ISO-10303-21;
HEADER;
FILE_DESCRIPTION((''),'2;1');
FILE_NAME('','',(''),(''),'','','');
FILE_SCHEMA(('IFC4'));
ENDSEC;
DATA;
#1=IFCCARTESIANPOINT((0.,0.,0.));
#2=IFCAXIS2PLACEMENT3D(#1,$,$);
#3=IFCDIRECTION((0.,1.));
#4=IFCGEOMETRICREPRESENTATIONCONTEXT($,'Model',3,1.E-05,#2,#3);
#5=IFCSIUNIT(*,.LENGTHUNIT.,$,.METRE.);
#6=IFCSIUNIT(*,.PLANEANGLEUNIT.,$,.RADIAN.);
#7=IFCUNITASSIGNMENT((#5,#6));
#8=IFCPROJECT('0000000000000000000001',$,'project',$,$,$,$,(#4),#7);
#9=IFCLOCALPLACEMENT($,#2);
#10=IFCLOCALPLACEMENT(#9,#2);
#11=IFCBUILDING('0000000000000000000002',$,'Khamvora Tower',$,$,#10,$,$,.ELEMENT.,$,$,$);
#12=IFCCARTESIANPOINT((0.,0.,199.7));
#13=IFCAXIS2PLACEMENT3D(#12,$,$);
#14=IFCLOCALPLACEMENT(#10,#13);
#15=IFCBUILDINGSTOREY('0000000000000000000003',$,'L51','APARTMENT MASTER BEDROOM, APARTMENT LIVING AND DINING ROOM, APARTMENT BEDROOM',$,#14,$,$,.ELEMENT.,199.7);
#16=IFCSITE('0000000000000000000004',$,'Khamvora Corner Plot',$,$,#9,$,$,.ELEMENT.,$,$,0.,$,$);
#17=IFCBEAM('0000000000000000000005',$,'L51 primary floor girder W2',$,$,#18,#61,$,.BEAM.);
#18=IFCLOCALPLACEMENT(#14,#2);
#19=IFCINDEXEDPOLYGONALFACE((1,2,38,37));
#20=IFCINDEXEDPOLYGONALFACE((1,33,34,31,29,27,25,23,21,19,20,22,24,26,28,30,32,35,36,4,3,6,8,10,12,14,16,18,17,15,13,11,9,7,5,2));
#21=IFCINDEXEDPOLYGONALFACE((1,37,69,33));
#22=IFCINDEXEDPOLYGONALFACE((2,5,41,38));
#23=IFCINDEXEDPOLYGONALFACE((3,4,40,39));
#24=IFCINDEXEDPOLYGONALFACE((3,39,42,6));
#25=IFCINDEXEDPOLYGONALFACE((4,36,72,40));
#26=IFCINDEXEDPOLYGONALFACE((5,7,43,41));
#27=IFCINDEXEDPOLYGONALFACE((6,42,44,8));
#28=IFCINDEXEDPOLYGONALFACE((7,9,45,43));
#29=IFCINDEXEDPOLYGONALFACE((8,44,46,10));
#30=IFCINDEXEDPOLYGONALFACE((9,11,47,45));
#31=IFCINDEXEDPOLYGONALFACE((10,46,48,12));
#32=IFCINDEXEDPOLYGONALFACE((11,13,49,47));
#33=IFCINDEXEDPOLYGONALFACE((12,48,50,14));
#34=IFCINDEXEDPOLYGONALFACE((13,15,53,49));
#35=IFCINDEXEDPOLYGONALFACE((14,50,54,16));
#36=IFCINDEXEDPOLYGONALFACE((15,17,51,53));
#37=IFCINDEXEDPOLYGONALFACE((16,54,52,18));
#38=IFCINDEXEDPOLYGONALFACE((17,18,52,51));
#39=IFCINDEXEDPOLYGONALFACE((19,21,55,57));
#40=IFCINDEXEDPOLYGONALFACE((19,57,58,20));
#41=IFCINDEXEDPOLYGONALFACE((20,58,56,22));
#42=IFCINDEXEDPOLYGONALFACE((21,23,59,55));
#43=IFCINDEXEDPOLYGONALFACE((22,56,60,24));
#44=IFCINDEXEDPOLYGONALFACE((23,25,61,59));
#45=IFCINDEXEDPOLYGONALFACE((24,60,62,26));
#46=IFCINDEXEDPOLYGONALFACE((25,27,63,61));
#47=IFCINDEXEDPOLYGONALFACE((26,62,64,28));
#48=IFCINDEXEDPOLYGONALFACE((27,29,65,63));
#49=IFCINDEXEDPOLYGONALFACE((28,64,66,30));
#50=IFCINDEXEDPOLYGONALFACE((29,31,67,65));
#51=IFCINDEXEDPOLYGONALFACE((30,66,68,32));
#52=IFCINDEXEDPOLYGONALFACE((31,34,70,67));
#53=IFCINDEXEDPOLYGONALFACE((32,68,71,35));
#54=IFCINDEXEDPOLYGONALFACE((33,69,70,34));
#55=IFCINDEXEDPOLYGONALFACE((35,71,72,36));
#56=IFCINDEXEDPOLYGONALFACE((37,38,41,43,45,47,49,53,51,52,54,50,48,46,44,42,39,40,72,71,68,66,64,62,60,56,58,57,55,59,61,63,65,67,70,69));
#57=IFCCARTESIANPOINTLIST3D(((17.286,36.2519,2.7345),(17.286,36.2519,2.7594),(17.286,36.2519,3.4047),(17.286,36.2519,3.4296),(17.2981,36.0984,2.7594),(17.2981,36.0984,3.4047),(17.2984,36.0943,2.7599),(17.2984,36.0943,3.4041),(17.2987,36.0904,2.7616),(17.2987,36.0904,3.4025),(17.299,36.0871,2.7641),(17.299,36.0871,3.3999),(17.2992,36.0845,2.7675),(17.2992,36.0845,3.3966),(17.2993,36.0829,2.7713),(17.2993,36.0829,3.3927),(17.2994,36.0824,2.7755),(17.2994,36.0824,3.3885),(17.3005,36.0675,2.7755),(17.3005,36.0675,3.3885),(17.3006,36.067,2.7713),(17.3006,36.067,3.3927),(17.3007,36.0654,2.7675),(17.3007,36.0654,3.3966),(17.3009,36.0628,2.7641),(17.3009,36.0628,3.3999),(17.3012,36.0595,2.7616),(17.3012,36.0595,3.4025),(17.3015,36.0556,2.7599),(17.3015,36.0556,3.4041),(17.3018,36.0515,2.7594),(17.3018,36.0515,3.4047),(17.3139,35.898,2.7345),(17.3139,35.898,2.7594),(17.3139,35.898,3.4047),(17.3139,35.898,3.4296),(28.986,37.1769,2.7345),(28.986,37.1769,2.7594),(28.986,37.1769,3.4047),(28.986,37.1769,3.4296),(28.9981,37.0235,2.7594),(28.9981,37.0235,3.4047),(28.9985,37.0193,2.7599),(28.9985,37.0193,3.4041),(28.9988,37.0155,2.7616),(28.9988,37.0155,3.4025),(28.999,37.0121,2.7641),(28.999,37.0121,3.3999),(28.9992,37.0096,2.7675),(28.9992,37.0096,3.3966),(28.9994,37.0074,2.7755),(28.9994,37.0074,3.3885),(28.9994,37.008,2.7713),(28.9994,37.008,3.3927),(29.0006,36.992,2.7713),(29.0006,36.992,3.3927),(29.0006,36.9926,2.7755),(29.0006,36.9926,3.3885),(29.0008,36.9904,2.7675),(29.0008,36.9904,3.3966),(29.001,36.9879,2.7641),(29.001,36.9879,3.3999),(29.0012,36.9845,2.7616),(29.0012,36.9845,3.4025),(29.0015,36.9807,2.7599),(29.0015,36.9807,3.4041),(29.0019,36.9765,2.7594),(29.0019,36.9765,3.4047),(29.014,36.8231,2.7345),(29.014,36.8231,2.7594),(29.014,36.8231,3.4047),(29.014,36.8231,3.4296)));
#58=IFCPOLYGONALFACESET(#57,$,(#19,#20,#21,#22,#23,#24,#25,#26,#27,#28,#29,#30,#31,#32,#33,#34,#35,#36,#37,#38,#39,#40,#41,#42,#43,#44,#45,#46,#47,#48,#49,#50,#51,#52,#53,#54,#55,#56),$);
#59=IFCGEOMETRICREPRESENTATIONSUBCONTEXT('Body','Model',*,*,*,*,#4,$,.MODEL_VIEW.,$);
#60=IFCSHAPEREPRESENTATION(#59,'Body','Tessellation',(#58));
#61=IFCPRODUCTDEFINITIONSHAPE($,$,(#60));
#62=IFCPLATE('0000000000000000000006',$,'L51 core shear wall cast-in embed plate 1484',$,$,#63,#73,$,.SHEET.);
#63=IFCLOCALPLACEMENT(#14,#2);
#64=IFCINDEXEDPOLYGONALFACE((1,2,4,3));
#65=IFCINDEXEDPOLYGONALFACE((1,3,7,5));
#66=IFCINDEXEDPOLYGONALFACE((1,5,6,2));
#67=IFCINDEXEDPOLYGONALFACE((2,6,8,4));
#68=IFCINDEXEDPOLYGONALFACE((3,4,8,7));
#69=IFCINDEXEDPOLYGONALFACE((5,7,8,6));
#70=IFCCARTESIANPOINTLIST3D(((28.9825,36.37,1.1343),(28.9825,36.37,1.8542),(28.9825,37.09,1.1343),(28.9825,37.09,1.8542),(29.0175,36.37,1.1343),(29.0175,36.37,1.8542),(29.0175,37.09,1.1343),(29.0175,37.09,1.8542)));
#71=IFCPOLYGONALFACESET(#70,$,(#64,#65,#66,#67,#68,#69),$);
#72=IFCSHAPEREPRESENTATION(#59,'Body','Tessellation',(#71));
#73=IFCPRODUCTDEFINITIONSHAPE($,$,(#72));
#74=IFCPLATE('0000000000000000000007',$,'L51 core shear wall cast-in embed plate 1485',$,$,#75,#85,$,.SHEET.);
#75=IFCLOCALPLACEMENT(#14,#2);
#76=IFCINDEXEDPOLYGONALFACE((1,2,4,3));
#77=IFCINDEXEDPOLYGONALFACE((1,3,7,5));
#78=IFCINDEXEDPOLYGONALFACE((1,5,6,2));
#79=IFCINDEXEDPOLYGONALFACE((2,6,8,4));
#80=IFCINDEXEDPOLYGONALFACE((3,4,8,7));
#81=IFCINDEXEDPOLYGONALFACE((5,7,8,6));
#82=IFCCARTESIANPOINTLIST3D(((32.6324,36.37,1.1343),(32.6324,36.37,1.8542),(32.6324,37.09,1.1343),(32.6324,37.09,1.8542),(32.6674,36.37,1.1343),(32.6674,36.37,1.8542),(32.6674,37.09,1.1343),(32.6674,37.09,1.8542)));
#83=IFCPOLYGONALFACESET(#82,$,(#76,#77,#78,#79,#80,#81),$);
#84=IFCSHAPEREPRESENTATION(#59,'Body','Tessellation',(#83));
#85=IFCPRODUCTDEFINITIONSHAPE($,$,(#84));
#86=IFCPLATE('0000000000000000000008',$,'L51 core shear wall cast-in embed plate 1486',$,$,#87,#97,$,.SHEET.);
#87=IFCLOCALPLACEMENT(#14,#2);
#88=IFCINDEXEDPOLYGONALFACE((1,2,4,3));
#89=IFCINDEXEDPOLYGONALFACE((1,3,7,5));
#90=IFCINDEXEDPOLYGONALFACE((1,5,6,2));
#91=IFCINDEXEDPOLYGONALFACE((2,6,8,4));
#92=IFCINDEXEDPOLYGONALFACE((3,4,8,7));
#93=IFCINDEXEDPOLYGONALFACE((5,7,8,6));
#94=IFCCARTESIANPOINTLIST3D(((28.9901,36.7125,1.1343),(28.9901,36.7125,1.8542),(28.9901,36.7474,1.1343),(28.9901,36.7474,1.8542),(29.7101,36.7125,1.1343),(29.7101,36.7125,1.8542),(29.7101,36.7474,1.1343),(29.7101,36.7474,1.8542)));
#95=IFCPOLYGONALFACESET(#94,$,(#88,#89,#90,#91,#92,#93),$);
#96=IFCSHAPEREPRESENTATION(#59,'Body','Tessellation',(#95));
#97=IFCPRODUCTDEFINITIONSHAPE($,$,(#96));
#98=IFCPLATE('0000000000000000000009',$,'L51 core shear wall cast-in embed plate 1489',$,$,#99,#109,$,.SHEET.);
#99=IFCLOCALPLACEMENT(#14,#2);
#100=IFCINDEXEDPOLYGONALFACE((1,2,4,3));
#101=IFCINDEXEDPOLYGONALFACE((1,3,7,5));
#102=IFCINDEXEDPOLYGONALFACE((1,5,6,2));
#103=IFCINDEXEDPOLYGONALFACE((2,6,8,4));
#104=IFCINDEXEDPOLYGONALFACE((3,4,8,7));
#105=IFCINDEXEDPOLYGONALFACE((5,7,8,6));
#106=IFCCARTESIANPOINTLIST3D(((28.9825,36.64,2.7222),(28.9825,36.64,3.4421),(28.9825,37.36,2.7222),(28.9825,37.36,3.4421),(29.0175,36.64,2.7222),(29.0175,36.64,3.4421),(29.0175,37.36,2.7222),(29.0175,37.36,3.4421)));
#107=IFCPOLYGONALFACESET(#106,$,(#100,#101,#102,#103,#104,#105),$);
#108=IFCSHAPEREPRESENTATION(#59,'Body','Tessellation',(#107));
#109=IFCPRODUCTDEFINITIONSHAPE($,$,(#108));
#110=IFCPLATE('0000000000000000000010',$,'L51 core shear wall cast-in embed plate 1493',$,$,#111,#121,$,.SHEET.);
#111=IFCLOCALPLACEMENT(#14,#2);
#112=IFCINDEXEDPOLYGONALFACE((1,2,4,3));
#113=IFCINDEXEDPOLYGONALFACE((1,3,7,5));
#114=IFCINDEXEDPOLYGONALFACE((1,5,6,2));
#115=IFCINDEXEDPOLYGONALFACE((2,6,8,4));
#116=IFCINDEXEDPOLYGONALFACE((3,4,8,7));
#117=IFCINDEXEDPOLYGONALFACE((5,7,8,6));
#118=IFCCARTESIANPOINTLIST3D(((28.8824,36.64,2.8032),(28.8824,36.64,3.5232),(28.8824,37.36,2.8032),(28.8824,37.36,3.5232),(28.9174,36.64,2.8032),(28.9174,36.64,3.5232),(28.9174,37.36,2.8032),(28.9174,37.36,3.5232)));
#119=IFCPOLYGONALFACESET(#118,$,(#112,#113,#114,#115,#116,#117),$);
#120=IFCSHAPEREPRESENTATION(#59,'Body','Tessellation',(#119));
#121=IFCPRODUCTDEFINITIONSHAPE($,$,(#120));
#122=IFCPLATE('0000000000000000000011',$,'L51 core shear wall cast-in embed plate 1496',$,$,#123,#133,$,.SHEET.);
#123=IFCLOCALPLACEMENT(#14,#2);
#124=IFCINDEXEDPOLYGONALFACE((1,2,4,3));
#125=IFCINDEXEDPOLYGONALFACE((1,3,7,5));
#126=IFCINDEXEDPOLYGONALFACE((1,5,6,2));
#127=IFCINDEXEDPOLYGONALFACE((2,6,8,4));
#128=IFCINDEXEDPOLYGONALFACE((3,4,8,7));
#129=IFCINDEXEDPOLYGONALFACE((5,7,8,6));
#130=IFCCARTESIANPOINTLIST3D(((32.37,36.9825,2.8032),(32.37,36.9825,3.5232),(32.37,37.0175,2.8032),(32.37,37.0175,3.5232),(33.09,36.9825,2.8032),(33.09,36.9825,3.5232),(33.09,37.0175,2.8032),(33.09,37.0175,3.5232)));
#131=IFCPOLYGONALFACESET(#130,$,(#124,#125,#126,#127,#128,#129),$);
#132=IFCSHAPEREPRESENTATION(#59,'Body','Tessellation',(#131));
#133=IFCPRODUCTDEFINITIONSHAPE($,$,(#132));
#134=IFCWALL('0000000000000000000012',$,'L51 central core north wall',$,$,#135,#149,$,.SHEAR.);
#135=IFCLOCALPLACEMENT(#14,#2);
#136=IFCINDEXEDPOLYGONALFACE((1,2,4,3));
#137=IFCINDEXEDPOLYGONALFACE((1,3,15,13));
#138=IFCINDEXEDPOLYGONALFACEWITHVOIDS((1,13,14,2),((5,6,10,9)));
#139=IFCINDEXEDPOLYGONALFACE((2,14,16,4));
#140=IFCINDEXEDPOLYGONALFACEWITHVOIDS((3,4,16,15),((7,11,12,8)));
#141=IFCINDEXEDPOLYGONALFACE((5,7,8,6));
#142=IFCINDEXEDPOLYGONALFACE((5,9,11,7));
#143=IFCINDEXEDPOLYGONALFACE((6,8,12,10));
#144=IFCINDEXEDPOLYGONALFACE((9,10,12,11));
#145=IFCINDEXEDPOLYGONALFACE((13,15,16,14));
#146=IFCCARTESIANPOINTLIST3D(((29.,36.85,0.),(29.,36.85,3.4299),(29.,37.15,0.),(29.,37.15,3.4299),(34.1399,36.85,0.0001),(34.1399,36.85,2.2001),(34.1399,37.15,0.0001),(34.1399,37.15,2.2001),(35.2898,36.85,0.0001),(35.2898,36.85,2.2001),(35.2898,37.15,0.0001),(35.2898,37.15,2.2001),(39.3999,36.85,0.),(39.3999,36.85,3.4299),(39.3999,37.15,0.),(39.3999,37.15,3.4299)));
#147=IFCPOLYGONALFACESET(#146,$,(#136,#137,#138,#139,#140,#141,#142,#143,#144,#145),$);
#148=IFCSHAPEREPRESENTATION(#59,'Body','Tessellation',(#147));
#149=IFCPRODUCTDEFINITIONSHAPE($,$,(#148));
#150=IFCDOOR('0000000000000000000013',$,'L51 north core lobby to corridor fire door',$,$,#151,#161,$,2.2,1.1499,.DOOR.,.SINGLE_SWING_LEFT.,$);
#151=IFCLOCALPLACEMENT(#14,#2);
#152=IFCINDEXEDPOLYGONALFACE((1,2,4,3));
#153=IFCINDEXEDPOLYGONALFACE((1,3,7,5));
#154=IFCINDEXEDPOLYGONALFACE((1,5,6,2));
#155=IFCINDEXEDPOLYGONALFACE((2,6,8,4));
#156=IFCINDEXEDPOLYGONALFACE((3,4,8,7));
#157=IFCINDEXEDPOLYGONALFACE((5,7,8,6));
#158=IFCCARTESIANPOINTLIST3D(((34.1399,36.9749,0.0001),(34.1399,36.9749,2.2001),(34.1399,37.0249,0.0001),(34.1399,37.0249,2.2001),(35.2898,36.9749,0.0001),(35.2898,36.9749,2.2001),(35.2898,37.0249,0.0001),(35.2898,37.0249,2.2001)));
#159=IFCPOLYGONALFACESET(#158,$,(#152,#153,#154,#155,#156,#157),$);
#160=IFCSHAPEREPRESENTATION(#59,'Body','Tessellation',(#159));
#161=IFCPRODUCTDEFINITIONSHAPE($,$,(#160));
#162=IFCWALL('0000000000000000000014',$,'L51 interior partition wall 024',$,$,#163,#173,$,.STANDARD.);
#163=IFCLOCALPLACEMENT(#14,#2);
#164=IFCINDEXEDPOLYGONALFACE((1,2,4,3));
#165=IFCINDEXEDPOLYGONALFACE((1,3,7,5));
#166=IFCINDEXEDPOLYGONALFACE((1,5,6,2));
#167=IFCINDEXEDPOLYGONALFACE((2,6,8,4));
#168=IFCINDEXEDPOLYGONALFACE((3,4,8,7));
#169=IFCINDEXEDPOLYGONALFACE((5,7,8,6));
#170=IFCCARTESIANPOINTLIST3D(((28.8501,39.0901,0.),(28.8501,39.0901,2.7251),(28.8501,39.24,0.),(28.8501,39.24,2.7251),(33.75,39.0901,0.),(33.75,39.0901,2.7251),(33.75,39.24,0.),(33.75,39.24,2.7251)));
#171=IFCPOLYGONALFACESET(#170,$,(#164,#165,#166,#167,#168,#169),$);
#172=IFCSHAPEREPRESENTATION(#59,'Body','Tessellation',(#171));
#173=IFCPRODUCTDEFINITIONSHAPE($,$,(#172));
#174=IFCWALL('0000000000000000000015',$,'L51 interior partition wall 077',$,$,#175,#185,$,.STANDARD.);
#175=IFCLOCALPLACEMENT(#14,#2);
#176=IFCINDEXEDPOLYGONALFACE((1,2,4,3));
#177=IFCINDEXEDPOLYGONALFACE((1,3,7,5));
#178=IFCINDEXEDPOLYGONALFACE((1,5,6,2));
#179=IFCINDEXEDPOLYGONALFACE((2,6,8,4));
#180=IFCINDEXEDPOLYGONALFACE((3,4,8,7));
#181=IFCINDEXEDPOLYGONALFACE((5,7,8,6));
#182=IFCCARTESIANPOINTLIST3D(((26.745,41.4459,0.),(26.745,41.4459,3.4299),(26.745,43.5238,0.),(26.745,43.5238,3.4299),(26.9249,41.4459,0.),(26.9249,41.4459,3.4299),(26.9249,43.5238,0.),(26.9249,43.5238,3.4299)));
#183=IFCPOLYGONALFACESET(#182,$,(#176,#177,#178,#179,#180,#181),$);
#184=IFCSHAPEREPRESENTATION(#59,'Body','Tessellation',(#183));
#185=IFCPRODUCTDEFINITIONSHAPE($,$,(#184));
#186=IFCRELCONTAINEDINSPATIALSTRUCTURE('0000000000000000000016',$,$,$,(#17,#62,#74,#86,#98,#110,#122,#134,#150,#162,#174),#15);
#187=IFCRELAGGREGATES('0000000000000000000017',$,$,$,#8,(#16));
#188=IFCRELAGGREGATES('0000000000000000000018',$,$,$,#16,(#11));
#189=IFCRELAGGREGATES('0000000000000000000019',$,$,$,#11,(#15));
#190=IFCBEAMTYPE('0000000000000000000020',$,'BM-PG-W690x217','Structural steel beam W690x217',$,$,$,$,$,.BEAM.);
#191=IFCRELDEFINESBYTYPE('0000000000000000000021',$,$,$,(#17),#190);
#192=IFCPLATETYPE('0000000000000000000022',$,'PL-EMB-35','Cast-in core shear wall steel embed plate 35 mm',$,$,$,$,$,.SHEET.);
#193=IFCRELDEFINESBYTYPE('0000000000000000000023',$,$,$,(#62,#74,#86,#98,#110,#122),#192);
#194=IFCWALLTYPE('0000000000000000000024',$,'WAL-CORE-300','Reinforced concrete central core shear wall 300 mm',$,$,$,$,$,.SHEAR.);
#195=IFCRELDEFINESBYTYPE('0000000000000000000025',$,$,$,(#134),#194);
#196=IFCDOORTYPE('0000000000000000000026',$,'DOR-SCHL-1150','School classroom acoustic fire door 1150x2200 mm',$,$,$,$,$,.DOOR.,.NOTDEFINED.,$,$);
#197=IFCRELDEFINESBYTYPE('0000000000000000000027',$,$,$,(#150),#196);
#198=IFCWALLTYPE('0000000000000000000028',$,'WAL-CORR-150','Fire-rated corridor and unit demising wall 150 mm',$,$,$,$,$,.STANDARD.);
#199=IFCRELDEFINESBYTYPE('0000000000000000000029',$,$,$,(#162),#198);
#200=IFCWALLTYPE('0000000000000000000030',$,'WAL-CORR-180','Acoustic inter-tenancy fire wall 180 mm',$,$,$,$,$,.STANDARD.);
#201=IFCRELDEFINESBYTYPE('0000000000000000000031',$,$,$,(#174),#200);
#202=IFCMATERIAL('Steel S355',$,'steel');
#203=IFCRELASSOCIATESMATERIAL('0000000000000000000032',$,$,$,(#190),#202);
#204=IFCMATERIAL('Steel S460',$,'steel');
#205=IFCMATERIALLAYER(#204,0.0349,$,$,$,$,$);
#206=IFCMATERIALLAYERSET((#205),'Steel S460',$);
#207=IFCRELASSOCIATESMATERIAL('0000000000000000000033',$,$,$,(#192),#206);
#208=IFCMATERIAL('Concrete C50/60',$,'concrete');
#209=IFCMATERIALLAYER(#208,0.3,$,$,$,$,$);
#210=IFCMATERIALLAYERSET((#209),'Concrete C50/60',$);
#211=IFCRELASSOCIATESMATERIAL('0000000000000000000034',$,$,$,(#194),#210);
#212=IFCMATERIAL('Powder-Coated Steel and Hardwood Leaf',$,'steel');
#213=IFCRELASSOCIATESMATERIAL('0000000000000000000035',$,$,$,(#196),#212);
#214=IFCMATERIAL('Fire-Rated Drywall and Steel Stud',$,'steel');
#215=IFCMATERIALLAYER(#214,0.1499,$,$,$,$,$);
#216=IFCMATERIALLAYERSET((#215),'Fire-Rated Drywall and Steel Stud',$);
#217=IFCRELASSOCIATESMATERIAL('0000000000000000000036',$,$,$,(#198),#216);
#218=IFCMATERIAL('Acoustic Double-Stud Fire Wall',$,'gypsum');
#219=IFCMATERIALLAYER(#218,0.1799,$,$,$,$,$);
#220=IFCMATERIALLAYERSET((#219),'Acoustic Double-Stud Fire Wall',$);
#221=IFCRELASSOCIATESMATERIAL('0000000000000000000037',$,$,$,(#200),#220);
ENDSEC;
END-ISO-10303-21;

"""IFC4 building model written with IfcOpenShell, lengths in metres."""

from ifc_helpers import new_model, si_unit, direction, frame, frame_2d, origin, origin_2d, place, context, subcontext, project, spatial, rectangle, i_section, extrude, material, layer, layer_set, material_profile, profile_set, type_object, element, fill, save


model = new_model("IFC4")

# Units and contexts
model_context = context("Model", 3, precision=1e-05, world=origin(), true_north=direction((0.0, 1.0)))
body_context = subcontext(model_context, "Body", "Model", "MODEL_VIEW")
ifc_project = project(units=[si_unit("LENGTHUNIT", "METRE"), si_unit("PLANEANGLEUNIT", "RADIAN")], contexts=[model_context])

# Site, building, storey
site_placement = place(None, origin())
site = spatial("IfcSite", under=ifc_project, at=site_placement, Name="Khamvora Corner Plot", CompositionType="ELEMENT", RefElevation=0.0)
building_placement = place(site_placement, origin())
building = spatial("IfcBuilding", under=site, at=building_placement, Name="Khamvora Tower", CompositionType="ELEMENT")
storey_placement = place(building_placement, frame((0.0, 0.0, 199.7)))
storey = spatial("IfcBuildingStorey", under=building, at=storey_placement, Name="L51", Description="APARTMENT MASTER BEDROOM, APARTMENT LIVING AND DINING ROOM, APARTMENT BEDROOM", CompositionType="ELEMENT", Elevation=199.7)

# Shared definitions
ifc_material_1 = material(Name="Steel S460", Category="steel")
ifc_material_2 = material(Name="Steel S355", Category="steel")

# Beam
ifc_material_profile_1 = material_profile(ifc_material_2, i_section(OverallWidth=0.355, OverallDepth=0.6951, WebThickness=0.0149, FlangeThickness=0.0249, FilletRadius=0.0161, at=origin_2d()), Name="W690x217")
ifc_profile_set_1 = profile_set([ifc_material_profile_1], Name="Steel S355")
beam_type_1 = type_object("IfcBeamType", Name="BM-PG-W690x217", Description="Structural steel beam W690x217", PredefinedType="BEAM", material=ifc_profile_set_1)
beam_1_placement = place(storey_placement, frame((29.0, 37.0, 3.082), z_axis=(-0.996889, -0.078818, 0.0), x_axis=(0.078818, -0.996889, 0.0)))
element("IfcBeam", 1, at=beam_1_placement, inside=storey, type_object=beam_type_1, Name="L51 primary floor girder W2", PredefinedType="BEAM", context=body_context, shape_type="SweptSolid", body=[
    extrude(i_section(OverallWidth=0.355, OverallDepth=0.6951, WebThickness=0.0149, FlangeThickness=0.0249, FilletRadius=0.0161, at=origin_2d()), origin(), (0.0, 0.0, 1.0), 11.7366),
])

# Plates
ifc_layer_1 = layer(ifc_material_1, 0.0349)
ifc_layer_set_1 = layer_set([ifc_layer_1], Name="Steel S460")
plate_type = type_object("IfcPlateType", Name="PL-EMB-35", Description="Cast-in core shear wall steel embed plate 35 mm", PredefinedType="SHEET", material=ifc_layer_set_1)
for number, where, z_axis, x_axis, name in (
    (2, (29.0, 36.73, 1.1343), (0.0, 0.0, 1.0), (1.0, 0.0, 0.0), "L51 core shear wall cast-in embed plate 1484"),
    (3, (32.6499, 36.73, 1.1343), (0.0, 0.0, 1.0), (1.0, 0.0, 0.0), "L51 core shear wall cast-in embed plate 1485"),
):
    element("IfcPlate", number, at=place(storey_placement, frame(where, z_axis=z_axis, x_axis=x_axis)), inside=storey, type_object=plate_type, Name=name, PredefinedType="SHEET", context=body_context, shape_type="SweptSolid", body=[
        extrude(rectangle(XDim=0.0349, YDim=0.72, at=origin_2d()), origin(), (0.0, 0.0, 1.0), 0.72),
    ])
plate_1_placement = place(storey_placement, frame((29.3501, 36.73, 1.1343), z_axis=(0.0, 0.0, 1.0), x_axis=(1.0, 0.0, 0.0)))
element("IfcPlate", 4, at=plate_1_placement, inside=storey, type_object=plate_type, Name="L51 core shear wall cast-in embed plate 1486", PredefinedType="SHEET", context=body_context, shape_type="SweptSolid", body=[
    extrude(rectangle(XDim=0.72, YDim=0.0349, at=origin_2d()), origin(), (0.0, 0.0, 1.0), 0.72),
])
for number, where, z_axis, x_axis, name in (
    (5, (29.0, 37.0, 2.7222), (0.0, 0.0, 1.0), (1.0, 0.0, 0.0), "L51 core shear wall cast-in embed plate 1489"),
    (6, (28.8999, 37.0, 2.8032), (0.0, 0.0, 1.0), (1.0, 0.0, 0.0), "L51 core shear wall cast-in embed plate 1493"),
):
    element("IfcPlate", number, at=place(storey_placement, frame(where, z_axis=z_axis, x_axis=x_axis)), inside=storey, type_object=plate_type, Name=name, PredefinedType="SHEET", context=body_context, shape_type="SweptSolid", body=[
        extrude(rectangle(XDim=0.0349, YDim=0.72, at=origin_2d()), origin(), (0.0, 0.0, 1.0), 0.72),
    ])
plate_2_placement = place(storey_placement, frame((32.73, 37.0, 2.8032), z_axis=(0.0, 0.0, 1.0), x_axis=(1.0, 0.0, 0.0)))
element("IfcPlate", 7, at=plate_2_placement, inside=storey, type_object=plate_type, Name="L51 core shear wall cast-in embed plate 1496", PredefinedType="SHEET", context=body_context, shape_type="SweptSolid", body=[
    extrude(rectangle(XDim=0.72, YDim=0.0349, at=origin_2d()), origin(), (0.0, 0.0, 1.0), 0.72),
])

# Wall, opening, door
ifc_material_3 = material(Name="Concrete C50/60", Category="concrete")
ifc_layer_2 = layer(ifc_material_3, 0.3)
ifc_layer_set_2 = layer_set([ifc_layer_2], Name="Concrete C50/60")
wall_type_1 = type_object("IfcWallType", Name="WAL-CORE-300", Description="Reinforced concrete central core shear wall 300 mm", PredefinedType="SHEAR", material=ifc_layer_set_2)
wall_1_placement = place(storey_placement, frame((29.0, 37.0, 0.0), z_axis=(0.0, 0.0, 1.0), x_axis=(1.0, 0.0, 0.0)))
wall_1 = element("IfcWall", 8, at=wall_1_placement, inside=storey, type_object=wall_type_1, Name="L51 central core north wall", PredefinedType="SHEAR", context=body_context, shape_type="SweptSolid", body=[
    extrude(rectangle(XDim=10.3999, YDim=0.3, at=frame_2d((5.2, 0.0))), origin(), (0.0, 0.0, 1.0), 3.4299),
])
opening_1_placement = place(wall_1_placement, frame((5.1399, 0.0, 0.0)))
opening_1 = element("IfcOpeningElement", 9, at=opening_1_placement, cuts=wall_1, PredefinedType="OPENING", context=body_context, shape_type="SweptSolid", body=[
    extrude(rectangle(XDim=1.1499, YDim=2.2, at=frame_2d((0.575, 1.1001))), frame((0.0, 0.1599, 0.0), z_axis=(0.0, -1.0, 0.0), x_axis=(1.0, 0.0, 0.0)), (0.0, 0.0, 1.0), 0.3201),
])
ifc_material_4 = material(Name="Powder-Coated Steel and Hardwood Leaf", Category="steel")
door_type_1 = type_object("IfcDoorType", Name="DOR-SCHL-1150", Description="School classroom acoustic fire door 1150x2200 mm", OperationType="NOTDEFINED", PredefinedType="DOOR", material=ifc_material_4)
door_1_placement = place(opening_1_placement, origin())
door_1 = element("IfcDoor", 10, at=door_1_placement, inside=storey, type_object=door_type_1, Name="L51 north core lobby to corridor fire door", OperationType="SINGLE_SWING_LEFT", OverallHeight=2.2, OverallWidth=1.1499, PredefinedType="DOOR", context=body_context, shape_type="SweptSolid", body=[
    extrude(rectangle(XDim=1.1499, YDim=2.2, at=frame_2d((0.575, 1.1001))), frame((0.0, 0.0249, 0.0), z_axis=(0.0, -1.0, 0.0), x_axis=(1.0, 0.0, 0.0)), (0.0, 0.0, 1.0), 0.05),
])
fill(opening_1, door_1)

# Walls
ifc_material_5 = material(Name="Fire-Rated Drywall and Steel Stud", Category="steel")
ifc_layer_3 = layer(ifc_material_5, 0.1499)
ifc_layer_set_3 = layer_set([ifc_layer_3], Name="Fire-Rated Drywall and Steel Stud")
wall_type_2 = type_object("IfcWallType", Name="WAL-CORR-150", Description="Fire-rated corridor and unit demising wall 150 mm", PredefinedType="STANDARD", material=ifc_layer_set_3)
wall_2_placement = place(storey_placement, frame((28.8501, 39.165, 0.0), z_axis=(0.0, 0.0, 1.0), x_axis=(1.0, 0.0, 0.0)))
element("IfcWall", 11, at=wall_2_placement, inside=storey, type_object=wall_type_2, Name="L51 interior partition wall 024", PredefinedType="STANDARD", context=body_context, shape_type="SweptSolid", body=[
    extrude(rectangle(XDim=4.8999, YDim=0.1499, at=frame_2d((2.45, 0.0))), origin(), (0.0, 0.0, 1.0), 2.7251),
])
ifc_material_6 = material(Name="Acoustic Double-Stud Fire Wall", Category="gypsum")
ifc_layer_4 = layer(ifc_material_6, 0.1799)
ifc_layer_set_4 = layer_set([ifc_layer_4], Name="Acoustic Double-Stud Fire Wall")
wall_type_3 = type_object("IfcWallType", Name="WAL-CORR-180", Description="Acoustic inter-tenancy fire wall 180 mm", PredefinedType="STANDARD", material=ifc_layer_set_4)
wall_3_placement = place(storey_placement, frame((26.835, 43.5239, 0.0), z_axis=(0.0, 0.0, 1.0), x_axis=(0.0, -1.0, 0.0)))
element("IfcWall", 12, at=wall_3_placement, inside=storey, type_object=wall_type_3, Name="L51 interior partition wall 077", PredefinedType="STANDARD", context=body_context, shape_type="SweptSolid", body=[
    extrude(rectangle(XDim=2.0779, YDim=0.1799, at=frame_2d((1.0391, 0.0))), origin(), (0.0, 0.0, 1.0), 3.4299),
])

save(model, "model.ifc")
